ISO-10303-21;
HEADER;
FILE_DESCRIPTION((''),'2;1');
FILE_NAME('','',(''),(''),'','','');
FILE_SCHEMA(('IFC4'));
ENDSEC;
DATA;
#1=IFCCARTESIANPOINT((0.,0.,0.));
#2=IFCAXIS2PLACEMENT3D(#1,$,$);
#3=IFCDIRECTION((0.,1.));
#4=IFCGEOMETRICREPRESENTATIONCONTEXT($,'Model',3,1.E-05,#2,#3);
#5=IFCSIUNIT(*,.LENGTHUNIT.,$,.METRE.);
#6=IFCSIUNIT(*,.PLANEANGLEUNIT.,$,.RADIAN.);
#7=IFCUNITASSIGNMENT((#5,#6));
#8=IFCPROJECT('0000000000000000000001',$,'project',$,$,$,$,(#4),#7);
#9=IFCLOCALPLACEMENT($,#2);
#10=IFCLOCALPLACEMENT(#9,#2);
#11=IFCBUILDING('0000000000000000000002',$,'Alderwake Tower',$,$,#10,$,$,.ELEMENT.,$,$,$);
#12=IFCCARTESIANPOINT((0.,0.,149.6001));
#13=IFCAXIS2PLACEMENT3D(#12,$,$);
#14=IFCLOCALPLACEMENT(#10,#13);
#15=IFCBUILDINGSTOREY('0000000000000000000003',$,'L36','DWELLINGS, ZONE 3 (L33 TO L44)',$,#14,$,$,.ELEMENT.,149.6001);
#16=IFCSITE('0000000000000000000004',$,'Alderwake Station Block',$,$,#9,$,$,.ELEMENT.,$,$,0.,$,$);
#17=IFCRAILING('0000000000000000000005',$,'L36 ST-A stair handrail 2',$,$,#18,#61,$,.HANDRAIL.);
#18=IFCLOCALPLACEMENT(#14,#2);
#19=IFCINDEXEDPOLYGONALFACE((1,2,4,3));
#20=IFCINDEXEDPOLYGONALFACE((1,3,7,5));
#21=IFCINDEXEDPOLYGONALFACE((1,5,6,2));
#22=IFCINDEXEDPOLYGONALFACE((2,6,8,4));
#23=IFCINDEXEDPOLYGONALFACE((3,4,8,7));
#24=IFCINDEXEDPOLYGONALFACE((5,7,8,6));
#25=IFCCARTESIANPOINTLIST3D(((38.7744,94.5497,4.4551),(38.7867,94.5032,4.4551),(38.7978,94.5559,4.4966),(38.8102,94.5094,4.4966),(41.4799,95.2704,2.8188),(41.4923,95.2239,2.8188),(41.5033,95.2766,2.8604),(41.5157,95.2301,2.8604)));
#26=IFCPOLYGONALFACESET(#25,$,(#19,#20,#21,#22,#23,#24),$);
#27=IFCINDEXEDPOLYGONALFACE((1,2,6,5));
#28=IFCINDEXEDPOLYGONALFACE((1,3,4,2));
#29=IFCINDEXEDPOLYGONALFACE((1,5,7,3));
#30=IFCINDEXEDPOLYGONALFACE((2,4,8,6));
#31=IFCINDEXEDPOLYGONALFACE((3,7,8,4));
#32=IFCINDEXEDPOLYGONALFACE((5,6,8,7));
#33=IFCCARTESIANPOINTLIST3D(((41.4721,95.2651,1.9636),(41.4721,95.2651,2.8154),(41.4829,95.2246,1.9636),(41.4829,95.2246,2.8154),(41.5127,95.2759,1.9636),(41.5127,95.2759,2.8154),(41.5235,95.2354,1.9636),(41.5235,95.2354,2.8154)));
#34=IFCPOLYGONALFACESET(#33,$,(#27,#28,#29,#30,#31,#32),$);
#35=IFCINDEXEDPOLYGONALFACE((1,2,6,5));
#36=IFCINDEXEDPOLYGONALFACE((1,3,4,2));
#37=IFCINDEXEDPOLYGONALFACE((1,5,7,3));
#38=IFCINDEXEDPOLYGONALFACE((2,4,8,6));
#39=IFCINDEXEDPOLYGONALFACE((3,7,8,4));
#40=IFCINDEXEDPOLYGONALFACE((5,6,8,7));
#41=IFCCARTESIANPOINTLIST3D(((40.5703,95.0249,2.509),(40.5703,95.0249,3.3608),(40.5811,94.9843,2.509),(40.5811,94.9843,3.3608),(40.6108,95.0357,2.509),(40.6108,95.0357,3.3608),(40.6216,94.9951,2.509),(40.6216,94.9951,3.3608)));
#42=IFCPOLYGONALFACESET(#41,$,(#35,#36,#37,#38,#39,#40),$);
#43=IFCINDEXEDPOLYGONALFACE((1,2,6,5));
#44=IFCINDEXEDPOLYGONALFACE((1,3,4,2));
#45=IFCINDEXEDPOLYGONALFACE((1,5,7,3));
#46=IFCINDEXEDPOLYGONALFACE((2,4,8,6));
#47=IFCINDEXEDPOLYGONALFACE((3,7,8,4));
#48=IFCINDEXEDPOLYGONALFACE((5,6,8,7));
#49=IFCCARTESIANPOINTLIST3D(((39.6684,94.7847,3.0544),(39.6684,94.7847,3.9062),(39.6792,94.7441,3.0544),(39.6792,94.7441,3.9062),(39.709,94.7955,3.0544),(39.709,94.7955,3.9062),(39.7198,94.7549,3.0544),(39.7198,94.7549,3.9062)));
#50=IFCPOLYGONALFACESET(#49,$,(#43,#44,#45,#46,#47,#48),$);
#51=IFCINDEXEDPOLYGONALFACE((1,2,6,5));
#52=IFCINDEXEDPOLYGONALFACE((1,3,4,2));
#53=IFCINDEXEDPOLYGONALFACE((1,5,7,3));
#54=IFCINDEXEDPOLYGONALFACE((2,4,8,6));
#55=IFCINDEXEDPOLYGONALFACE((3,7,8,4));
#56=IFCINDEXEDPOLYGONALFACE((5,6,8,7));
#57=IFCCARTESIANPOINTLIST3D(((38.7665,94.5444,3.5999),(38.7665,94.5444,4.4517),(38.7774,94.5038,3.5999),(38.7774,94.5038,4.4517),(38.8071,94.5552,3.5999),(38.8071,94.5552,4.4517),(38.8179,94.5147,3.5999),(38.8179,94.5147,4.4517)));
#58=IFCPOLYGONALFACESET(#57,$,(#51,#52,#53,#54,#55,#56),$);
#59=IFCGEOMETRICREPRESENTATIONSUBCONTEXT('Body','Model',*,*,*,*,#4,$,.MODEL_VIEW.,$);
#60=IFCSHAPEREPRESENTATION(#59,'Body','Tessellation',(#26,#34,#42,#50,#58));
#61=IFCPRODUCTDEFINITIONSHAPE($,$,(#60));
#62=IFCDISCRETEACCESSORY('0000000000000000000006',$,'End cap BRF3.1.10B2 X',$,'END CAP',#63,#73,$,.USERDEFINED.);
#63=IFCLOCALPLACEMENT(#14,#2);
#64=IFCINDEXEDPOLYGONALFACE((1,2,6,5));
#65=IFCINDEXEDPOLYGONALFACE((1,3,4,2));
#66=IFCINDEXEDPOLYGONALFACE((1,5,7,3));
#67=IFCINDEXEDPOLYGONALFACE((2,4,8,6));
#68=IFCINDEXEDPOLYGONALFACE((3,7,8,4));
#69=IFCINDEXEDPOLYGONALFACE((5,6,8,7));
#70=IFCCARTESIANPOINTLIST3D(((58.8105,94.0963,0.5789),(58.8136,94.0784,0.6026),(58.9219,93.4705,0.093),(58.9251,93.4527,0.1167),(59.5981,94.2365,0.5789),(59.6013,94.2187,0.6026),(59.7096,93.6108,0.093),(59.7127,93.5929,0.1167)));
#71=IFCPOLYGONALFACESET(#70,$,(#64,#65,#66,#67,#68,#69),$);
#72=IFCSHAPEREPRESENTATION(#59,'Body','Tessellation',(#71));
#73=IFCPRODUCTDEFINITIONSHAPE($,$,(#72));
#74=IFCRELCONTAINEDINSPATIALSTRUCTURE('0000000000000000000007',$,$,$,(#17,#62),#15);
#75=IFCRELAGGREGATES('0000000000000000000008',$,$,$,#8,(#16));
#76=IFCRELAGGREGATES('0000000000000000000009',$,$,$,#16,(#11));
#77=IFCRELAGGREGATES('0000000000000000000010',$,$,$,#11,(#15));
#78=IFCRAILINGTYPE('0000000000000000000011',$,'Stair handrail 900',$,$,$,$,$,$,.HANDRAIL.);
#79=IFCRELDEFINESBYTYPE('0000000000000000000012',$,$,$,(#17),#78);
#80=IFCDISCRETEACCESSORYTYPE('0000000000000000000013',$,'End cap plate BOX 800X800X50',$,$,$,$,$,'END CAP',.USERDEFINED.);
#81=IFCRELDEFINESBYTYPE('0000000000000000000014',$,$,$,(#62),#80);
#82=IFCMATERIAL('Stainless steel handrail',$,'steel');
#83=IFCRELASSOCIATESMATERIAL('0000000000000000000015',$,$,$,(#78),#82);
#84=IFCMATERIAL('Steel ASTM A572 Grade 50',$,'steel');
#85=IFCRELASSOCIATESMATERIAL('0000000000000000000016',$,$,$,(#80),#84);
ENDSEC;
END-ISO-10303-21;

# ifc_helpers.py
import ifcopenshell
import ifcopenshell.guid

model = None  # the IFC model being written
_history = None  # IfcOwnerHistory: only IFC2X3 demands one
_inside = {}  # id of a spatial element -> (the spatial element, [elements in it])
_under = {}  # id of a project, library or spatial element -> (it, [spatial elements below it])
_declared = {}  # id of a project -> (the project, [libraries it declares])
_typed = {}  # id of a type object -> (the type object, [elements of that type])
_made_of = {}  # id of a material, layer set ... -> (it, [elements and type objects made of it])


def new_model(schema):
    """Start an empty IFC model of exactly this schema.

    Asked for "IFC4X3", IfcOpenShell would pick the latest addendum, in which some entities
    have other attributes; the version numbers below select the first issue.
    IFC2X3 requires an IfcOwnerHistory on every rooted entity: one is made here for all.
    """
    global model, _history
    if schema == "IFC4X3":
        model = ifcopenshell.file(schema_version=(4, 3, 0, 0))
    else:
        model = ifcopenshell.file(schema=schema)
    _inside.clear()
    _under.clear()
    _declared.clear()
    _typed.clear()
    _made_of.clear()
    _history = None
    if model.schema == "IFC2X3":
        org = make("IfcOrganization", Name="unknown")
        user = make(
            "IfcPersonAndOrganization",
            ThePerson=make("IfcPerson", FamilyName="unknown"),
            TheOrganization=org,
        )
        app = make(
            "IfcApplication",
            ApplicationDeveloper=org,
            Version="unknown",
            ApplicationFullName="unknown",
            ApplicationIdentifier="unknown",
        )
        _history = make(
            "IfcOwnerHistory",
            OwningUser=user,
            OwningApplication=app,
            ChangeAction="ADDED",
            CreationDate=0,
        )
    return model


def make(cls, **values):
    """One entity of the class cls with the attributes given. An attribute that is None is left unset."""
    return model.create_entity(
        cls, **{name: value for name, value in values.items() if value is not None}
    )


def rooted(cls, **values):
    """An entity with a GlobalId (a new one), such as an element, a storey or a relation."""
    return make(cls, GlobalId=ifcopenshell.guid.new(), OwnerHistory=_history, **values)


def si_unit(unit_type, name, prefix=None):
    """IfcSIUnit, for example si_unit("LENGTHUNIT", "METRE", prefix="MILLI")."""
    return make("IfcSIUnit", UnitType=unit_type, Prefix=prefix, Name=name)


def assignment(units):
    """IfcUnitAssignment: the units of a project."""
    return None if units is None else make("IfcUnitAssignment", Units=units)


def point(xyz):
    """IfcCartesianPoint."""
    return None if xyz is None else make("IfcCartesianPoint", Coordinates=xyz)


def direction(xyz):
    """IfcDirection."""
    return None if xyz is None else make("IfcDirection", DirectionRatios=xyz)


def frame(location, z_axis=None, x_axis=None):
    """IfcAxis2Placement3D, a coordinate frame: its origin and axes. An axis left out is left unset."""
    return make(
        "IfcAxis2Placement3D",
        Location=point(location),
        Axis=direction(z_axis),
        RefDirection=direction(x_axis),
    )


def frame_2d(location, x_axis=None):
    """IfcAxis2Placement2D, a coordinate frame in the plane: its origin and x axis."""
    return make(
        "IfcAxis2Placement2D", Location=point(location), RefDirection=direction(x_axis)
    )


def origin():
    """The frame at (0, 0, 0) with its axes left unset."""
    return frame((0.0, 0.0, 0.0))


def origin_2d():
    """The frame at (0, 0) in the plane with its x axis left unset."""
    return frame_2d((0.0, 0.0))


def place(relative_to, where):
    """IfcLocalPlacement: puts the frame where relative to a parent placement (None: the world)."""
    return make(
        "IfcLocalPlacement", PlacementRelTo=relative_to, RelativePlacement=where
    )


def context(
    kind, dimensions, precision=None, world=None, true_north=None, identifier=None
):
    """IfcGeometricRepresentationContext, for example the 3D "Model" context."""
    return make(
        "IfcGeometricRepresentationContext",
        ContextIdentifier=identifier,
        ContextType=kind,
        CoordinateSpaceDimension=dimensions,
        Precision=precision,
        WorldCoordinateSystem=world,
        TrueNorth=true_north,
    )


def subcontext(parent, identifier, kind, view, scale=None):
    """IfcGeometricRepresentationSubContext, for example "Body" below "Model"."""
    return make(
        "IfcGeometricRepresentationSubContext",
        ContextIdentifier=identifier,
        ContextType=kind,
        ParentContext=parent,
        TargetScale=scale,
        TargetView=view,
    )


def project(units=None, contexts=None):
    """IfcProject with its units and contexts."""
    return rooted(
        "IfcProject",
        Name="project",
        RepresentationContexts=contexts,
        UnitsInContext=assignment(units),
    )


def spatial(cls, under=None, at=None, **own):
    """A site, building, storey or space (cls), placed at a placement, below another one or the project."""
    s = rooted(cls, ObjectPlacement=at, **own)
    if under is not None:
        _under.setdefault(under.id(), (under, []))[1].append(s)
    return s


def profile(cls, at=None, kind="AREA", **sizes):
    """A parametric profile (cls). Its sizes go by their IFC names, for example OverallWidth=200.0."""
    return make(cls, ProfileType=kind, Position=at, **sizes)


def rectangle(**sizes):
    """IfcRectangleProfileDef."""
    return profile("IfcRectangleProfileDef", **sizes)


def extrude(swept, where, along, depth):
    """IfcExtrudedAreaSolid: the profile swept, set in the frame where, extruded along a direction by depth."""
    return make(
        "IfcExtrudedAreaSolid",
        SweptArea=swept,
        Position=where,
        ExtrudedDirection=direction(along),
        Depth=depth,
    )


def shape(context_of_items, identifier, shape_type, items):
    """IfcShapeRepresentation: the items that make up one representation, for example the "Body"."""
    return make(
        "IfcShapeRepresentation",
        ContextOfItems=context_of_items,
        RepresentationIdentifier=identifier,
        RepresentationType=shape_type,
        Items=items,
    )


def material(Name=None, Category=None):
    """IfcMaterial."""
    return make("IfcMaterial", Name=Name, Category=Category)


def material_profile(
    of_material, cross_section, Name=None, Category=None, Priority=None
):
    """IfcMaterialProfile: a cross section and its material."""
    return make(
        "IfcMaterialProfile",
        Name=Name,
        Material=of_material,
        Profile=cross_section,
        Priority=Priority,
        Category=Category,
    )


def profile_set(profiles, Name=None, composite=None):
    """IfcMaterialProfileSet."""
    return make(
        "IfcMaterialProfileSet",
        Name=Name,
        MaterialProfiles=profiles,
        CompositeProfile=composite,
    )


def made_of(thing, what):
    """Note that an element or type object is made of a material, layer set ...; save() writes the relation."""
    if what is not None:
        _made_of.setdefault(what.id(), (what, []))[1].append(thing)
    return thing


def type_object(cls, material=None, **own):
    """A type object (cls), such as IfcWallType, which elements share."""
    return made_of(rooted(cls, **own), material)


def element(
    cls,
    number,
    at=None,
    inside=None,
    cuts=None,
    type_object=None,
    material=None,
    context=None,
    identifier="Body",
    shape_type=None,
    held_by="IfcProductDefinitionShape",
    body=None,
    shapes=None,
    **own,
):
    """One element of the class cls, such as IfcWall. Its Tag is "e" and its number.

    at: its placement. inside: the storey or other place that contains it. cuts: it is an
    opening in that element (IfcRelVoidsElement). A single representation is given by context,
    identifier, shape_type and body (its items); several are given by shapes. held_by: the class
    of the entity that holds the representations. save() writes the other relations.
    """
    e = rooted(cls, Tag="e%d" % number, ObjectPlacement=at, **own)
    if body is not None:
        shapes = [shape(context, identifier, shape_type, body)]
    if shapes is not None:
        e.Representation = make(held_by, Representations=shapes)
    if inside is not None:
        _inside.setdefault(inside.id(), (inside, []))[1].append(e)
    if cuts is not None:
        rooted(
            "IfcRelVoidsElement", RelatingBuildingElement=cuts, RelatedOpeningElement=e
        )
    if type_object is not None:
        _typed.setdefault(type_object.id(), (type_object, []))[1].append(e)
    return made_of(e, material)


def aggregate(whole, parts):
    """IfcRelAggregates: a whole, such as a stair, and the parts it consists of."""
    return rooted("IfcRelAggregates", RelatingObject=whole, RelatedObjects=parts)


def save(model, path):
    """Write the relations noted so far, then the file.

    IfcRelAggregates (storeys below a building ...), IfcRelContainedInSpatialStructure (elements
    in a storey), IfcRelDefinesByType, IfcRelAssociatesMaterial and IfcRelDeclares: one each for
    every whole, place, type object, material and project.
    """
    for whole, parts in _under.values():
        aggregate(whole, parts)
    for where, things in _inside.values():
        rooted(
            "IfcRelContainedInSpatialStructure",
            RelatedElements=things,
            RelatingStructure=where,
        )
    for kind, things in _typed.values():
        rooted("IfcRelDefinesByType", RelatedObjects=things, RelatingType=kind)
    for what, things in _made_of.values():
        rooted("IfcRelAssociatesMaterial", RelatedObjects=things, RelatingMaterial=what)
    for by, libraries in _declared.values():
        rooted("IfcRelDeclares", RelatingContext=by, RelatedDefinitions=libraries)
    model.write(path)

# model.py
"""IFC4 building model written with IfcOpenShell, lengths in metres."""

from ifc_helpers import new_model, si_unit, direction, frame, origin, origin_2d, place, context, subcontext, project, spatial, rectangle, extrude, material, material_profile, profile_set, type_object, element, save


model = new_model("IFC4")

# Units and contexts
model_context = context("Model", 3, precision=1e-05, world=origin(), true_north=direction((0.0, 1.0)))
body_context = subcontext(model_context, "Body", "Model", "MODEL_VIEW")
ifc_project = project(units=[si_unit("LENGTHUNIT", "METRE"), si_unit("PLANEANGLEUNIT", "RADIAN")], contexts=[model_context])

# Site, building, storey
site_placement = place(None, origin())
site = spatial("IfcSite", under=ifc_project, at=site_placement, Name="Alderwake Station Block", CompositionType="ELEMENT", RefElevation=0.0)
building_placement = place(site_placement, origin())
building = spatial("IfcBuilding", under=site, at=building_placement, Name="Alderwake Tower", CompositionType="ELEMENT")
storey_placement = place(building_placement, frame((0.0, 0.0, 149.6001)))
storey = spatial("IfcBuildingStorey", under=building, at=storey_placement, Name="L36", Description="DWELLINGS, ZONE 3 (L33 TO L44)", CompositionType="ELEMENT", Elevation=149.6001)

# Railing
ifc_material_1 = material(Name="Stainless steel handrail", Category="steel")
railing_type = type_object("IfcRailingType", Name="Stair handrail 900", PredefinedType="HANDRAIL", material=ifc_material_1)
railing_placement = place(storey_placement, frame((41.4978, 95.2502, 1.9636)))
element("IfcRailing", 1, at=railing_placement, inside=storey, type_object=railing_type, Name="L36 ST-A stair handrail 2", PredefinedType="HANDRAIL", context=body_context, shape_type="SweptSolid", body=[
    extrude(rectangle(XDim=0.0481, YDim=0.0481, at=origin_2d()), frame((0.0, 0.0, 0.876), z_axis=(-0.834291, -0.222237, 0.504549), x_axis=(0.257402, -0.966304, 0.0)), (0.0, 0.0, 1.0), 3.2429),
    extrude(rectangle(XDim=0.042, YDim=0.042, at=origin_2d()), frame((0.0, 0.0, 0.0), z_axis=(0.0, 0.0, 1.0), x_axis=(-0.966304, -0.257402, 0.0)), (0.0, 0.0, 1.0), 0.8518),
    extrude(rectangle(XDim=0.042, YDim=0.042, at=origin_2d()), frame((-0.9019, -0.2402, 0.5454), z_axis=(0.0, 0.0, 1.0), x_axis=(-0.966304, -0.257402, 0.0)), (0.0, 0.0, 1.0), 0.8518),
    extrude(rectangle(XDim=0.042, YDim=0.042, at=origin_2d()), frame((-1.8037, -0.4805, 1.0908), z_axis=(0.0, 0.0, 1.0), x_axis=(-0.966304, -0.257402, 0.0)), (0.0, 0.0, 1.0), 0.8518),
    extrude(rectangle(XDim=0.042, YDim=0.042, at=origin_2d()), frame((-2.7056, -0.7207, 1.6362), z_axis=(0.0, 0.0, 1.0), x_axis=(-0.966304, -0.257402, 0.0)), (0.0, 0.0, 1.0), 0.8518),
])

# Discrete accessory
ifc_material_2 = material(Name="Steel ASTM A572 Grade 50", Category="steel")
ifc_material_profile_1 = material_profile(ifc_material_2, rectangle(XDim=0.8, YDim=0.8, at=origin_2d()), Name="BOX 800X800X50 cap")
ifc_profile_set_1 = profile_set([ifc_material_profile_1], Name="Steel ASTM A572 Grade 50")
discrete_accessory_type = type_object("IfcDiscreteAccessoryType", Name="End cap plate BOX 800X800X50", ElementType="END CAP", PredefinedType="USERDEFINED", material=ifc_profile_set_1)
discrete_accessory_placement = place(storey_placement, frame((59.2632, 93.8357, 0.3596), z_axis=(-0.106475, 0.597899, -0.794468), x_axis=(-0.984511, -0.175324, 0.0)))
element("IfcDiscreteAccessory", 2, at=discrete_accessory_placement, inside=storey, type_object=discrete_accessory_type, Name="End cap BRF3.1.10B2 X", ObjectType="END CAP", PredefinedType="USERDEFINED", context=body_context, shape_type="SweptSolid", body=[
    extrude(rectangle(XDim=0.8, YDim=0.8, at=origin_2d()), origin(), (0.0, 0.0, 1.0), 0.0298),
])

save(model, "model.ifc")
